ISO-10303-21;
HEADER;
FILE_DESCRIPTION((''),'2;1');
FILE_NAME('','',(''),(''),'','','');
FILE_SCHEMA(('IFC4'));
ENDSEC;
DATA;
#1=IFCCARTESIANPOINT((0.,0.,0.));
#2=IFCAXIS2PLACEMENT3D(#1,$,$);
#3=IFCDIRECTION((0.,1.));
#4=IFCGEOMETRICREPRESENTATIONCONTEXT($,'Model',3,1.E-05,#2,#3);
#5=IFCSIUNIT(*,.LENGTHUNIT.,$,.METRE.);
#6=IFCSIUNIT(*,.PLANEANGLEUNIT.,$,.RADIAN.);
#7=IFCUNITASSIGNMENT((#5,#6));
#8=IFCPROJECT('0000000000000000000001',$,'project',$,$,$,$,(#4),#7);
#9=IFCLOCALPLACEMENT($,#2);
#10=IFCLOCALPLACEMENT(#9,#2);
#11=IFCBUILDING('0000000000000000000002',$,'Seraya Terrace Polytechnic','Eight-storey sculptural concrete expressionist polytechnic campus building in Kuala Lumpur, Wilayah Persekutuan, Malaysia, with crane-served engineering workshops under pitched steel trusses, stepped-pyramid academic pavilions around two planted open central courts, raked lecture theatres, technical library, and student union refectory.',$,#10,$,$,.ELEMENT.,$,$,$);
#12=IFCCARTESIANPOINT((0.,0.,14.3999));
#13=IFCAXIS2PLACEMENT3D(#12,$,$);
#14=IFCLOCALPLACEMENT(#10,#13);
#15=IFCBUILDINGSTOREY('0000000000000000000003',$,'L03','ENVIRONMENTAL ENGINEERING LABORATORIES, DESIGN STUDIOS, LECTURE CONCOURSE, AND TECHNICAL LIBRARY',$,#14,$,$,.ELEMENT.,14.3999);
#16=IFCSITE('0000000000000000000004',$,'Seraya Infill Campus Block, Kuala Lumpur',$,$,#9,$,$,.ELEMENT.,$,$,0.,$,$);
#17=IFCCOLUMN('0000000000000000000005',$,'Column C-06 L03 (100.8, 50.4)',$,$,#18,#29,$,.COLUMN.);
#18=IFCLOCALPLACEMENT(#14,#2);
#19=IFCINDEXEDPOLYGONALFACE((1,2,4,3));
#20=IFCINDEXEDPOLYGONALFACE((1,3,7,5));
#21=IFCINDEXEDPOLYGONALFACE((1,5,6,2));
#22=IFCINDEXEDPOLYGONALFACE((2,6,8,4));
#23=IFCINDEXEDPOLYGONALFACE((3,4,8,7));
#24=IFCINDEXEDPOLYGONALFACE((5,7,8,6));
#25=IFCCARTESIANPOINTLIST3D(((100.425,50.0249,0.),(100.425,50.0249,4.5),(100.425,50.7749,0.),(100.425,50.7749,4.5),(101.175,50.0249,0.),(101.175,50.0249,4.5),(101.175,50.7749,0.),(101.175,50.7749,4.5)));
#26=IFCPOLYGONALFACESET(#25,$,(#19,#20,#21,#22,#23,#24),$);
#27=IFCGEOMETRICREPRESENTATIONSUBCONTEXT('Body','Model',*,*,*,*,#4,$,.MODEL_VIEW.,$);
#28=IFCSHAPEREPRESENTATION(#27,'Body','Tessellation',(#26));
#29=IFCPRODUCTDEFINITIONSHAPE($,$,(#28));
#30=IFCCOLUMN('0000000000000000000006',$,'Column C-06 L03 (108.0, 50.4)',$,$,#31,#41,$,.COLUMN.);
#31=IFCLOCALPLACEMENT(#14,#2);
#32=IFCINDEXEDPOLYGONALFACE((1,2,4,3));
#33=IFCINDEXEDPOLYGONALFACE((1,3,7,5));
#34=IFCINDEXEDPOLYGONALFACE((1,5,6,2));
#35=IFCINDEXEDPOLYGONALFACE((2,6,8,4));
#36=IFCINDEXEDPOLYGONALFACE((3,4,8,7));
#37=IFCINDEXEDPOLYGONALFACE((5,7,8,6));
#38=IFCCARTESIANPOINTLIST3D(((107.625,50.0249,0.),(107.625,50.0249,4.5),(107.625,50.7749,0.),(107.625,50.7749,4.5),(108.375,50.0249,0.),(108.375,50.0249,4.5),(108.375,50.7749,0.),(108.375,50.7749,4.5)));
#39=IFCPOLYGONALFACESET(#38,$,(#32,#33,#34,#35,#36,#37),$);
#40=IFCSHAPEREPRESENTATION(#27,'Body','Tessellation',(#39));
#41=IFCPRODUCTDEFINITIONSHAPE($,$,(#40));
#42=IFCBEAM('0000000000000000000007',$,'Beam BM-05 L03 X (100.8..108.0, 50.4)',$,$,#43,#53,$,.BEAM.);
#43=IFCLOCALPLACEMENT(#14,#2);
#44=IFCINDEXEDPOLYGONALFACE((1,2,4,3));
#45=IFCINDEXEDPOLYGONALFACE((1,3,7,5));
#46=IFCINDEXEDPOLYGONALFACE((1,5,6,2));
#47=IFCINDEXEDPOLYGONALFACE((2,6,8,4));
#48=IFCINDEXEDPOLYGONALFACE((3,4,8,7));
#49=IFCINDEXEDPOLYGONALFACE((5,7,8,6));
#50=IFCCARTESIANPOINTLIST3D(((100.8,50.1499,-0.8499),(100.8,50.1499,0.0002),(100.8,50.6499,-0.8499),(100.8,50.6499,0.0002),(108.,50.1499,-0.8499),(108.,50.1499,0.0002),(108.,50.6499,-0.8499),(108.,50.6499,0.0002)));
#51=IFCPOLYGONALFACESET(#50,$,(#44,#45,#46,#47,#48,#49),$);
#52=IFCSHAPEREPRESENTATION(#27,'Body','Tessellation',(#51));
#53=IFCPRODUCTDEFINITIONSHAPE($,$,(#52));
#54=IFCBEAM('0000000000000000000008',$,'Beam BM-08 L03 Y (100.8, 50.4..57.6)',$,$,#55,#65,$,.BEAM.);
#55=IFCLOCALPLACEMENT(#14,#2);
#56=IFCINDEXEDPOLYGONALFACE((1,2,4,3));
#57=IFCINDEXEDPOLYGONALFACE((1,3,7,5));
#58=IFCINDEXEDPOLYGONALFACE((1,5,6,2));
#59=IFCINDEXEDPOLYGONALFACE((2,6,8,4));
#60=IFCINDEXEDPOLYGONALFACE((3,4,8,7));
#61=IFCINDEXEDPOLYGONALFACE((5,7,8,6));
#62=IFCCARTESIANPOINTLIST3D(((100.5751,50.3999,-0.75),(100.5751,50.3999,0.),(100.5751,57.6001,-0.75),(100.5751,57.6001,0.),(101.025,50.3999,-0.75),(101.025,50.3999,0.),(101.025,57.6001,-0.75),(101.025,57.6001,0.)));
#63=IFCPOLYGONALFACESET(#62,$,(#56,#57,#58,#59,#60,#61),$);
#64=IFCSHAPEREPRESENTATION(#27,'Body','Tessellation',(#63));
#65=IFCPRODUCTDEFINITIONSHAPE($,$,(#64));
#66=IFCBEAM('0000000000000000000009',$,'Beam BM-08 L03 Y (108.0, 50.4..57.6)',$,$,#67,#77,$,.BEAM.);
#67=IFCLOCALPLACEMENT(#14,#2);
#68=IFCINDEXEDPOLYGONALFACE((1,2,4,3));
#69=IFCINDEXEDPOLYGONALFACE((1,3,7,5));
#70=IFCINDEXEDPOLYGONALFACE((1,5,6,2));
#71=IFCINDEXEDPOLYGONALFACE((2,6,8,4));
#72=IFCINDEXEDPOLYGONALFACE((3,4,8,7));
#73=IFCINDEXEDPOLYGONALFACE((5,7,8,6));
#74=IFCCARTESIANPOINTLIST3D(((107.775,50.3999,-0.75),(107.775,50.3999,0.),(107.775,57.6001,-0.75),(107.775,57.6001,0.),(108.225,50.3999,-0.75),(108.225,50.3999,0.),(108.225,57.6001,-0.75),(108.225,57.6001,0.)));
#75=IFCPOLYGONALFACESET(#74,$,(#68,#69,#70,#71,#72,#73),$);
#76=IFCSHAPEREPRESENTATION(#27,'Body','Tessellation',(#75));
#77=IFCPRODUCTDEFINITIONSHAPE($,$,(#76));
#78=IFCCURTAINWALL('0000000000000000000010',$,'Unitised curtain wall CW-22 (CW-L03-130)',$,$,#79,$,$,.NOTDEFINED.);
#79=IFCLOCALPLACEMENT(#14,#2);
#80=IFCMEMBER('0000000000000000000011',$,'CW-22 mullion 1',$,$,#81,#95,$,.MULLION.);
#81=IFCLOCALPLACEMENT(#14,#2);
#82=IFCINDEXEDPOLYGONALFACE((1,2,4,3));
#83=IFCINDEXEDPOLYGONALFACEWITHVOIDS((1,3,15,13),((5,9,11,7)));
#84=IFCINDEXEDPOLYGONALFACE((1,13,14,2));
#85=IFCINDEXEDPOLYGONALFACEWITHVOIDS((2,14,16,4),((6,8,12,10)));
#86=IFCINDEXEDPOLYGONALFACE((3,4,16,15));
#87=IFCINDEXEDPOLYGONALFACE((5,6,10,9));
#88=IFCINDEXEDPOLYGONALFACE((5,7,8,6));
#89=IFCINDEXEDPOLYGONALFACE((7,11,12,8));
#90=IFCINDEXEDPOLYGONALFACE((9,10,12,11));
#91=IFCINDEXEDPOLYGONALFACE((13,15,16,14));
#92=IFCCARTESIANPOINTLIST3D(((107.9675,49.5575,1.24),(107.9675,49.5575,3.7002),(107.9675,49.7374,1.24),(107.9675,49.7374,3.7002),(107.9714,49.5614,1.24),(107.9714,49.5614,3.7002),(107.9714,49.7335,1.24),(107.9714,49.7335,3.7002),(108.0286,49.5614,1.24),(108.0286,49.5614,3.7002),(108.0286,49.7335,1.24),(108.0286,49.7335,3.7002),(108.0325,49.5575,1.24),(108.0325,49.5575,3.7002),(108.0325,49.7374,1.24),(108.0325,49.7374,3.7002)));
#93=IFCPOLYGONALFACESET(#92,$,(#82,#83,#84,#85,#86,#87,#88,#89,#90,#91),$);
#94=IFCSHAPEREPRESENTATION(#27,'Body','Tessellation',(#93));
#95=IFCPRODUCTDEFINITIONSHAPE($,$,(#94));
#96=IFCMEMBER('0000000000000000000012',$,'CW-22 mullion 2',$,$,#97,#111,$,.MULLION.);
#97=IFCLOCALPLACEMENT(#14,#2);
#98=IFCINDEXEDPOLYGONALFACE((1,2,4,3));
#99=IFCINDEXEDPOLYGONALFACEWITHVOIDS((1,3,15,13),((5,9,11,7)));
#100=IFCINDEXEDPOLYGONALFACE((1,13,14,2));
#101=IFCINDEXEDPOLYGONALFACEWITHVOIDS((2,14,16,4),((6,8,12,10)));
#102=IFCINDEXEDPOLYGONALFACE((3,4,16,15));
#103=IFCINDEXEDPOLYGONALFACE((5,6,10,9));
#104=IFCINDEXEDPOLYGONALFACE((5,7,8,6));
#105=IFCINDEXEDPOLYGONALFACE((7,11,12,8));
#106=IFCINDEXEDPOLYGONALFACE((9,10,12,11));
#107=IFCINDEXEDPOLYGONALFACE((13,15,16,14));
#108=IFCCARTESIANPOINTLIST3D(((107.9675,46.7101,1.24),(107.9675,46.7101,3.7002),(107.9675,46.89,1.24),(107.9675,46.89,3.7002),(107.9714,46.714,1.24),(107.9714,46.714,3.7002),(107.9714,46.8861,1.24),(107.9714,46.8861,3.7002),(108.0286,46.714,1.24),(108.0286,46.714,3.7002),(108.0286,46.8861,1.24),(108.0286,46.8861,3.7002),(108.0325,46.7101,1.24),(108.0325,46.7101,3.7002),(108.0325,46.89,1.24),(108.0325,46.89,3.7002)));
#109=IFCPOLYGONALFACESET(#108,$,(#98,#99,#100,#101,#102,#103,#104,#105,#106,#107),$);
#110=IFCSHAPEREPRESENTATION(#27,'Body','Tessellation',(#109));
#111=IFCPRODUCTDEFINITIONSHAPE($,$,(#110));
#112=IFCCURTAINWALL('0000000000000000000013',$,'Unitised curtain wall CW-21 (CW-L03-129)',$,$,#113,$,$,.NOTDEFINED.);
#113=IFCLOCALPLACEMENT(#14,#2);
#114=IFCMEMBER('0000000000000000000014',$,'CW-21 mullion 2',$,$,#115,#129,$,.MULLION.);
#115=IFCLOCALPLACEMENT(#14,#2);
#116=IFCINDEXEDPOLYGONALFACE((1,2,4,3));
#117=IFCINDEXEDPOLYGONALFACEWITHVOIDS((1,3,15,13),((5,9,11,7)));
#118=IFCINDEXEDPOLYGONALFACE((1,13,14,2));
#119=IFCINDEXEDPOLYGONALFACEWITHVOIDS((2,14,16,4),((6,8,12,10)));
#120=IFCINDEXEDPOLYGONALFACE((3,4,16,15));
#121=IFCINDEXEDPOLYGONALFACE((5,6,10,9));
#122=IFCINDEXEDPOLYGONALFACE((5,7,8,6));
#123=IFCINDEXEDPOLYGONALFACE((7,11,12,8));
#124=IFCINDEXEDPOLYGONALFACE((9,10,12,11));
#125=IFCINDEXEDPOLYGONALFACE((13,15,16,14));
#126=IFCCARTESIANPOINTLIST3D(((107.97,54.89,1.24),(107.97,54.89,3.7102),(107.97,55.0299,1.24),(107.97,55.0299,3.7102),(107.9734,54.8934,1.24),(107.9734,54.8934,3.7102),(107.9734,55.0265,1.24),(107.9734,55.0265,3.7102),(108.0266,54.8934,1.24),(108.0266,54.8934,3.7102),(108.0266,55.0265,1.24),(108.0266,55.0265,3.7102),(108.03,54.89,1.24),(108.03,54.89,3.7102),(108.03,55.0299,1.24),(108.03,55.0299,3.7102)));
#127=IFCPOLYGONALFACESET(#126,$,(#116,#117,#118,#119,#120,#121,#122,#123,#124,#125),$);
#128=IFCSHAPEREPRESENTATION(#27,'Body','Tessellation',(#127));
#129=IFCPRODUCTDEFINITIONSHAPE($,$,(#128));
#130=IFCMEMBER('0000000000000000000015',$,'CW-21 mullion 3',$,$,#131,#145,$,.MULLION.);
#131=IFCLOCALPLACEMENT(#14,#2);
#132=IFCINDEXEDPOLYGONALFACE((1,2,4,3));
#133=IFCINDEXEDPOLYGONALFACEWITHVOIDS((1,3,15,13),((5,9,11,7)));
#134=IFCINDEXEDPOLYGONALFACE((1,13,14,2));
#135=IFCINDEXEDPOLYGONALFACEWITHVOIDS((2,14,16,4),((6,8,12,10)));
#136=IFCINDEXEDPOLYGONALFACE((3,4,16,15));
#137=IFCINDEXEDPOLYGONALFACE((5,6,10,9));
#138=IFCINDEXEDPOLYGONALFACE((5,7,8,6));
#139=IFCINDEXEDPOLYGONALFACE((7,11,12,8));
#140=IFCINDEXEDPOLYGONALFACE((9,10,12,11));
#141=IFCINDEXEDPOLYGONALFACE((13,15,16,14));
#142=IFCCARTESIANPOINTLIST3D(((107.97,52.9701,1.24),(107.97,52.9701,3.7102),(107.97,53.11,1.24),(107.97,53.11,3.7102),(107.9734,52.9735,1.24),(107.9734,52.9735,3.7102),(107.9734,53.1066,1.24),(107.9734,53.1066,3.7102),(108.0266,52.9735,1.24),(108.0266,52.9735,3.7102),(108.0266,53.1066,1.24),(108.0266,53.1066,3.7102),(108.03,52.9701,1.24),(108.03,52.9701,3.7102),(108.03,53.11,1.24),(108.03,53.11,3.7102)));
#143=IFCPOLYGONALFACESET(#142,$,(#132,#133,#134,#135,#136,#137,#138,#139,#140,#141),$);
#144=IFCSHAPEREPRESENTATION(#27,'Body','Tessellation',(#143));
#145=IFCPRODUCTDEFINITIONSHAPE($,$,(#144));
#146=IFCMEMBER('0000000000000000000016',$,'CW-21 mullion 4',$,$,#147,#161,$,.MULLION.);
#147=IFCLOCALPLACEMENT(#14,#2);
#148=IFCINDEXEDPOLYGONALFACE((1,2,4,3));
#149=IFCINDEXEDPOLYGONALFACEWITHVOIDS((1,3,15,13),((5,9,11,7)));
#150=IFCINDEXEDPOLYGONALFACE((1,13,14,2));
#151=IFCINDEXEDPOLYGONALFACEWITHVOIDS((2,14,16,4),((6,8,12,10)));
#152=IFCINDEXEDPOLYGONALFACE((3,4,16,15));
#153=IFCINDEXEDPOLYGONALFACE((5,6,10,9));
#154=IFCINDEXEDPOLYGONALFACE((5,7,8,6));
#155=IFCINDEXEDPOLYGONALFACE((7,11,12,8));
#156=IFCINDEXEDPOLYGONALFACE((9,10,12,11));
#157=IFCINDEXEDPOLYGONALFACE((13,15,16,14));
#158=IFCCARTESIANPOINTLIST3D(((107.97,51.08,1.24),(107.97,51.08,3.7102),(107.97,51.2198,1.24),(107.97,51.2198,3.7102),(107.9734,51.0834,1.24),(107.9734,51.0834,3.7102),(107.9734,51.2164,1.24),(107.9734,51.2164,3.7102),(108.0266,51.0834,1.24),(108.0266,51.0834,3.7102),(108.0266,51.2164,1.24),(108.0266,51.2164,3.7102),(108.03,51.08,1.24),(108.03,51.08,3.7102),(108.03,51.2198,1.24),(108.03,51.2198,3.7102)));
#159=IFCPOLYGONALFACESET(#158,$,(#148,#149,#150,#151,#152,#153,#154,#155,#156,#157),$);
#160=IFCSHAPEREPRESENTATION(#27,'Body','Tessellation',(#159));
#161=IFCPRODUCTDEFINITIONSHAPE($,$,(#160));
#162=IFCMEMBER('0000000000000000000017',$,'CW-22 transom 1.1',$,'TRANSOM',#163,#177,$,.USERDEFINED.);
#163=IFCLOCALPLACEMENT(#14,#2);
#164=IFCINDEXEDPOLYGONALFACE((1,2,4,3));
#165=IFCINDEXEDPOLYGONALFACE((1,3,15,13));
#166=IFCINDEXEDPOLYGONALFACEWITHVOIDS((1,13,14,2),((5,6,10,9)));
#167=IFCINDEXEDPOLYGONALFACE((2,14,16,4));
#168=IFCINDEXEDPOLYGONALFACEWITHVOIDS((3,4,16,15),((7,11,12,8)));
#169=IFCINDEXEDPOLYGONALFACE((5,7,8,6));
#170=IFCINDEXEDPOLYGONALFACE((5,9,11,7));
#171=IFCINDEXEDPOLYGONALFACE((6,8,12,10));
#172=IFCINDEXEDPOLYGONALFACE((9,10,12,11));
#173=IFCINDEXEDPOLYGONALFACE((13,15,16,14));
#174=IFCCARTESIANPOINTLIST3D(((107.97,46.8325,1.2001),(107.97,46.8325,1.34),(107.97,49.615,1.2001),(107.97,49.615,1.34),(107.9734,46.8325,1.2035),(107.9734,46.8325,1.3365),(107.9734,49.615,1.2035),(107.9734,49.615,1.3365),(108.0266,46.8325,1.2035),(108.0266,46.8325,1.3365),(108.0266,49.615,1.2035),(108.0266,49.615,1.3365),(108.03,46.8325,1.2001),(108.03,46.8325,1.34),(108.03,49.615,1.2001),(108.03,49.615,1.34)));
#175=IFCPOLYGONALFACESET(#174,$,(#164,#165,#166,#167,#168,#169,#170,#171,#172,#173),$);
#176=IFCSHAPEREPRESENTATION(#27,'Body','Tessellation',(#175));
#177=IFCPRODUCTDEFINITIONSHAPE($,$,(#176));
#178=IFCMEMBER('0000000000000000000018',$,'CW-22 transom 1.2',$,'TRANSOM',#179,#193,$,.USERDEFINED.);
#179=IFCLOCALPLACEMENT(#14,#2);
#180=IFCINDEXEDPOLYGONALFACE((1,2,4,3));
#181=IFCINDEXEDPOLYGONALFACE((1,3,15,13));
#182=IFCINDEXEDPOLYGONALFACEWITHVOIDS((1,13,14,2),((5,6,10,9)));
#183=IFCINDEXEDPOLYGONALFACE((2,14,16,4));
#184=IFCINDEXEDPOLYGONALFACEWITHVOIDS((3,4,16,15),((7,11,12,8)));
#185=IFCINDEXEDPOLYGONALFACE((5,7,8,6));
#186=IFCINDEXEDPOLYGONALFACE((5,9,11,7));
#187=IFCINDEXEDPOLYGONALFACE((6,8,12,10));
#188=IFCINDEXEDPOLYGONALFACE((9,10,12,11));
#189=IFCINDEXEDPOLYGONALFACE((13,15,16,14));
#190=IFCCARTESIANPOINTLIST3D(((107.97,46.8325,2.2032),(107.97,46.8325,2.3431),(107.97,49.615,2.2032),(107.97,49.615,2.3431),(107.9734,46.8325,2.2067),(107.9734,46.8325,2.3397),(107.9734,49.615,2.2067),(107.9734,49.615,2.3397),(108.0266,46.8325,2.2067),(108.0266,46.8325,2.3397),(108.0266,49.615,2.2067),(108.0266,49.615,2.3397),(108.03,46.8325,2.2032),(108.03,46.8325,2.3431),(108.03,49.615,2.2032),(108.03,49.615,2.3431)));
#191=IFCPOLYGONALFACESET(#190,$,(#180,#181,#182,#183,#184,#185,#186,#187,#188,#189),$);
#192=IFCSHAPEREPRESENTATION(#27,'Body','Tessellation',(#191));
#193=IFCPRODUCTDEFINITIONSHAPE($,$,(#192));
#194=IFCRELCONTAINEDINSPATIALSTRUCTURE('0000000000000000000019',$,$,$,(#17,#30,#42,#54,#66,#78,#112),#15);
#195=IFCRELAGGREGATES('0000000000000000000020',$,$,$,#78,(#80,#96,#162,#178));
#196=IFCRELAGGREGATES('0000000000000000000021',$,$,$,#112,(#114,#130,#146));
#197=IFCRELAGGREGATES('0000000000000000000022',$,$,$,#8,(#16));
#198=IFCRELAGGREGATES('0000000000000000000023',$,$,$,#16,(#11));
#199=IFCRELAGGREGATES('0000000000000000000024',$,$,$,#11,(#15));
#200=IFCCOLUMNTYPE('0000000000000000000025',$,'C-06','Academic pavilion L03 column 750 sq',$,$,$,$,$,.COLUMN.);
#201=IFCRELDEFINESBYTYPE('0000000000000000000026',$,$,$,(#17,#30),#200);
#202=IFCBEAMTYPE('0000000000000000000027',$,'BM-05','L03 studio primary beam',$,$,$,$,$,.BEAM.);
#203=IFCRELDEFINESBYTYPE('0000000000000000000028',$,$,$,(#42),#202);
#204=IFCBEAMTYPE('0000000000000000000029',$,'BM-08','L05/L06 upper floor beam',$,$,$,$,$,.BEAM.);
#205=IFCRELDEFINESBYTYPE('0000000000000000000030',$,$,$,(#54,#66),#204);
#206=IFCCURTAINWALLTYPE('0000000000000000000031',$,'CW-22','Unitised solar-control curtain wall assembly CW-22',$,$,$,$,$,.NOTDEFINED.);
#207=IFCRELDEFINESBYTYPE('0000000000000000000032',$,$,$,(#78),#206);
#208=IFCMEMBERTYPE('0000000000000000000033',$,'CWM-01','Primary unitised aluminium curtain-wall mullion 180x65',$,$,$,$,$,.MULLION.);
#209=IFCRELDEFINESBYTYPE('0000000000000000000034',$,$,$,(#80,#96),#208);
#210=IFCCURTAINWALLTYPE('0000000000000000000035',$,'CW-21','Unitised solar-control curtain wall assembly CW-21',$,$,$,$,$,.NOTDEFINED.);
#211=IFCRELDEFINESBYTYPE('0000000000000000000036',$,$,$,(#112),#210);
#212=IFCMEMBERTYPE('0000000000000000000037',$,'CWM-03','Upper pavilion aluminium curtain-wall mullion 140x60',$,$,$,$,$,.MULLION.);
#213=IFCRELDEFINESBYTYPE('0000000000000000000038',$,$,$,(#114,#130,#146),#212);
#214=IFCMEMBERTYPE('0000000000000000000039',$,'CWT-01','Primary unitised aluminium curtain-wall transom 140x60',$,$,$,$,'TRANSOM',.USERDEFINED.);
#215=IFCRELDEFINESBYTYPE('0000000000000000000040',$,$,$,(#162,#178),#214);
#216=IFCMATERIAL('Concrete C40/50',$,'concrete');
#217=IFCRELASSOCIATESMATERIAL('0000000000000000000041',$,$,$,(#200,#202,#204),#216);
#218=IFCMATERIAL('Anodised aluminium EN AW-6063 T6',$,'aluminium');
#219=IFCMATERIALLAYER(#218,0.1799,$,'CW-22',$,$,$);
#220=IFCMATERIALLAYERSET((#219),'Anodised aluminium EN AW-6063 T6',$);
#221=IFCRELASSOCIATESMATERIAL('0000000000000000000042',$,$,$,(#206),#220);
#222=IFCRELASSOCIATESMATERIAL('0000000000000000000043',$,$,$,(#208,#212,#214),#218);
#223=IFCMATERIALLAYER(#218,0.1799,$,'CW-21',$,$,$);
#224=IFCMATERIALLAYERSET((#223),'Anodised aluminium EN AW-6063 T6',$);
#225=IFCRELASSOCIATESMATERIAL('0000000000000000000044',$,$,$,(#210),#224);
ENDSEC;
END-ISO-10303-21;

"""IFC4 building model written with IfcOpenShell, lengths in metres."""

from ifc_helpers import new_model, si_unit, direction, frame, origin, origin_2d, place, context, subcontext, project, spatial, rectangle, hollow_rectangle, extrude, material, layer, layer_set, material_profile, profile_set, type_object, element, aggregate, save


model = new_model("IFC4")

# Units and contexts
model_context = context("Model", 3, precision=1e-05, world=origin(), true_north=direction((0.0, 1.0)))
body_context = subcontext(model_context, "Body", "Model", "MODEL_VIEW")
ifc_project = project(units=[si_unit("LENGTHUNIT", "METRE"), si_unit("PLANEANGLEUNIT", "RADIAN")], contexts=[model_context])

# Site, building, storey
site_placement = place(None, origin())
site = spatial("IfcSite", under=ifc_project, at=site_placement, Name="Seraya Infill Campus Block, Kuala Lumpur", CompositionType="ELEMENT", RefElevation=0.0)
building_placement = place(site_placement, origin())
building = spatial("IfcBuilding", under=site, at=building_placement, Name="Seraya Terrace Polytechnic", Description="Eight-storey sculptural concrete expressionist polytechnic campus building in Kuala Lumpur, Wilayah Persekutuan, Malaysia, with crane-served engineering workshops under pitched steel trusses, stepped-pyramid academic pavilions around two planted open central courts, raked lecture theatres, technical library, and student union refectory.", CompositionType="ELEMENT")
storey_placement = place(building_placement, frame((0.0, 0.0, 14.3999)))
storey = spatial("IfcBuildingStorey", under=building, at=storey_placement, Name="L03", Description="ENVIRONMENTAL ENGINEERING LABORATORIES, DESIGN STUDIOS, LECTURE CONCOURSE, AND TECHNICAL LIBRARY", CompositionType="ELEMENT", Elevation=14.3999)

# Columns
ifc_material_1 = material(Name="Concrete C40/50", Category="concrete")
ifc_material_profile_1 = material_profile(ifc_material_1, rectangle(XDim=0.75, YDim=0.75, at=origin_2d()), Name="RC 750x750")
ifc_profile_set_1 = profile_set([ifc_material_profile_1], Name="Concrete C40/50")
column_type = type_object("IfcColumnType", Name="C-06", Description="Academic pavilion L03 column 750 sq", PredefinedType="COLUMN", material=ifc_profile_set_1)
for number, where, z_axis, x_axis, name in (
    (1, (100.8, 50.3999, 0.0), (0.0, 0.0, 1.0), (1.0, 0.0, 0.0), "Column C-06 L03 (100.8, 50.4)"),
    (2, (108.0, 50.3999, 0.0), (0.0, 0.0, 1.0), (1.0, 0.0, 0.0), "Column C-06 L03 (108.0, 50.4)"),
):
    element("IfcColumn", number, at=place(storey_placement, frame(where, z_axis=z_axis, x_axis=x_axis)), inside=storey, type_object=column_type, Name=name, PredefinedType="COLUMN", context=body_context, shape_type="SweptSolid", body=[
        extrude(rectangle(XDim=0.75, YDim=0.75, at=origin_2d()), origin(), (0.0, 0.0, 1.0), 4.5),
    ])

# Beams
ifc_material_profile_2 = material_profile(ifc_material_1, rectangle(XDim=0.5, YDim=0.8501, at=origin_2d()), Name="RC 500x850")
ifc_profile_set_2 = profile_set([ifc_material_profile_2], Name="Concrete C40/50")
beam_type_1 = type_object("IfcBeamType", Name="BM-05", Description="L03 studio primary beam", PredefinedType="BEAM", material=ifc_profile_set_2)
beam_placement = place(storey_placement, frame((100.8, 50.3999, -0.4248), z_axis=(1.0, 0.0, 0.0), x_axis=(0.0, 1.0, 0.0)))
element("IfcBeam", 3, at=beam_placement, inside=storey, type_object=beam_type_1, Name="Beam BM-05 L03 X (100.8..108.0, 50.4)", PredefinedType="BEAM", context=body_context, shape_type="SweptSolid", body=[
    extrude(rectangle(XDim=0.5, YDim=0.8501, at=origin_2d()), origin(), (0.0, 0.0, 1.0), 7.2),
])
ifc_material_profile_3 = material_profile(ifc_material_1, rectangle(XDim=0.45, YDim=0.75, at=origin_2d()), Name="RC 450x750")
ifc_profile_set_3 = profile_set([ifc_material_profile_3], Name="Concrete C40/50")
beam_type_2 = type_object("IfcBeamType", Name="BM-08", Description="L05/L06 upper floor beam", PredefinedType="BEAM", material=ifc_profile_set_3)
for number, where, z_axis, x_axis, name in (
    (4, (100.8, 50.3999, -0.375), (0.0, 1.0, 0.0), (-1.0, 0.0, 0.0), "Beam BM-08 L03 Y (100.8, 50.4..57.6)"),
    (5, (108.0, 50.3999, -0.375), (0.0, 1.0, 0.0), (-1.0, 0.0, 0.0), "Beam BM-08 L03 Y (108.0, 50.4..57.6)"),
):
    element("IfcBeam", number, at=place(storey_placement, frame(where, z_axis=z_axis, x_axis=x_axis)), inside=storey, type_object=beam_type_2, Name=name, PredefinedType="BEAM", context=body_context, shape_type="SweptSolid", body=[
        extrude(rectangle(XDim=0.45, YDim=0.75, at=origin_2d()), origin(), (0.0, 0.0, 1.0), 7.2002),
    ])

# Curtain walls, members
ifc_material_2 = material(Name="Anodised aluminium EN AW-6063 T6", Category="aluminium")
ifc_layer_1 = layer(ifc_material_2, 0.1799, Name="CW-22")
ifc_layer_set_1 = layer_set([ifc_layer_1], Name="Anodised aluminium EN AW-6063 T6")
curtain_wall_type_1 = type_object("IfcCurtainWallType", Name="CW-22", Description="Unitised solar-control curtain wall assembly CW-22", PredefinedType="NOTDEFINED", material=ifc_layer_set_1)
curtain_wall_1_placement = place(storey_placement, origin())
curtain_wall_1 = element("IfcCurtainWall", 6, at=curtain_wall_1_placement, inside=storey, type_object=curtain_wall_type_1, Name="Unitised curtain wall CW-22 (CW-L03-130)", PredefinedType="NOTDEFINED")
ifc_material_profile_4 = material_profile(ifc_material_2, hollow_rectangle(XDim=0.0649, YDim=0.1799, WallThickness=0.0039, at=origin_2d()), Name="RHS 180x65x4.0")
ifc_profile_set_4 = profile_set([ifc_material_profile_4], Name="Anodised aluminium EN AW-6063 T6")
member_type_1 = type_object("IfcMemberType", Name="CWM-01", Description="Primary unitised aluminium curtain-wall mullion 180x65", PredefinedType="MULLION", material=ifc_profile_set_4)
member_1_placement = place(storey_placement, frame((108.0, 49.6475, 1.24), z_axis=(0.0, 0.0, 1.0), x_axis=(1.0, 0.0, 0.0)))
member_1 = element("IfcMember", 7, at=member_1_placement, type_object=member_type_1, Name="CW-22 mullion 1", PredefinedType="MULLION", context=body_context, shape_type="SweptSolid", body=[
    extrude(hollow_rectangle(XDim=0.0649, YDim=0.1799, WallThickness=0.0039, at=origin_2d()), origin(), (0.0, 0.0, 1.0), 2.4602),
])
member_2_placement = place(storey_placement, frame((108.0, 46.8, 1.24), z_axis=(0.0, 0.0, 1.0), x_axis=(1.0, 0.0, 0.0)))
member_2 = element("IfcMember", 8, at=member_2_placement, type_object=member_type_1, Name="CW-22 mullion 2", PredefinedType="MULLION", context=body_context, shape_type="SweptSolid", body=[
    extrude(hollow_rectangle(XDim=0.0649, YDim=0.1799, WallThickness=0.0039, at=origin_2d()), origin(), (0.0, 0.0, 1.0), 2.4602),
])
ifc_layer_2 = layer(ifc_material_2, 0.1799, Name="CW-21")
ifc_layer_set_2 = layer_set([ifc_layer_2], Name="Anodised aluminium EN AW-6063 T6")
curtain_wall_type_2 = type_object("IfcCurtainWallType", Name="CW-21", Description="Unitised solar-control curtain wall assembly CW-21", PredefinedType="NOTDEFINED", material=ifc_layer_set_2)
curtain_wall_2_placement = place(storey_placement, origin())
curtain_wall_2 = element("IfcCurtainWall", 9, at=curtain_wall_2_placement, inside=storey, type_object=curtain_wall_type_2, Name="Unitised curtain wall CW-21 (CW-L03-129)", PredefinedType="NOTDEFINED")
ifc_material_profile_5 = material_profile(ifc_material_2, hollow_rectangle(XDim=0.0601, YDim=0.1399, WallThickness=0.0034, at=origin_2d()), Name="RHS 140x60x3.5")
ifc_profile_set_5 = profile_set([ifc_material_profile_5], Name="Anodised aluminium EN AW-6063 T6")
member_type_2 = type_object("IfcMemberType", Name="CWM-03", Description="Upper pavilion aluminium curtain-wall mullion 140x60", PredefinedType="MULLION", material=ifc_profile_set_5)
member_3_placement = place(storey_placement, frame((108.0, 54.96, 1.24), z_axis=(0.0, 0.0, 1.0), x_axis=(1.0, 0.0, 0.0)))
member_3 = element("IfcMember", 10, at=member_3_placement, type_object=member_type_2, Name="CW-21 mullion 2", PredefinedType="MULLION", context=body_context, shape_type="SweptSolid", body=[
    extrude(hollow_rectangle(XDim=0.0601, YDim=0.1399, WallThickness=0.0034, at=origin_2d()), origin(), (0.0, 0.0, 1.0), 2.4702),
])
member_4_placement = place(storey_placement, frame((108.0, 53.04, 1.24), z_axis=(0.0, 0.0, 1.0), x_axis=(1.0, 0.0, 0.0)))
member_4 = element("IfcMember", 11, at=member_4_placement, type_object=member_type_2, Name="CW-21 mullion 3", PredefinedType="MULLION", context=body_context, shape_type="SweptSolid", body=[
    extrude(hollow_rectangle(XDim=0.0601, YDim=0.1399, WallThickness=0.0034, at=origin_2d()), origin(), (0.0, 0.0, 1.0), 2.4702),
])
member_5_placement = place(storey_placement, frame((108.0, 51.1499, 1.24), z_axis=(0.0, 0.0, 1.0), x_axis=(1.0, 0.0, 0.0)))
member_5 = element("IfcMember", 12, at=member_5_placement, type_object=member_type_2, Name="CW-21 mullion 4", PredefinedType="MULLION", context=body_context, shape_type="SweptSolid", body=[
    extrude(hollow_rectangle(XDim=0.0601, YDim=0.1399, WallThickness=0.0034, at=origin_2d()), origin(), (0.0, 0.0, 1.0), 2.4702),
])

# Members
ifc_material_profile_6 = material_profile(ifc_material_2, hollow_rectangle(XDim=0.0601, YDim=0.1399, WallThickness=0.0034, at=origin_2d()), Name="RHS 140x60x3.5")
ifc_profile_set_6 = profile_set([ifc_material_profile_6], Name="Anodised aluminium EN AW-6063 T6")
member_type_3 = type_object("IfcMemberType", Name="CWT-01", Description="Primary unitised aluminium curtain-wall transom 140x60", ElementType="TRANSOM", PredefinedType="USERDEFINED", material=ifc_profile_set_6)
member_6_placement = place(storey_placement, frame((108.0, 49.615, 1.27), z_axis=(0.0, -1.0, 0.0), x_axis=(1.0, 0.0, 0.0)))
member_6 = element("IfcMember", 13, at=member_6_placement, type_object=member_type_3, Name="CW-22 transom 1.1", ObjectType="TRANSOM", PredefinedType="USERDEFINED", context=body_context, shape_type="SweptSolid", body=[
    extrude(hollow_rectangle(XDim=0.0601, YDim=0.1399, WallThickness=0.0034, at=origin_2d()), origin(), (0.0, 0.0, 1.0), 2.7825),
])
member_7_placement = place(storey_placement, frame((108.0, 49.615, 2.2732), z_axis=(0.0, -1.0, 0.0), x_axis=(1.0, 0.0, 0.0)))
member_7 = element("IfcMember", 14, at=member_7_placement, type_object=member_type_3, Name="CW-22 transom 1.2", ObjectType="TRANSOM", PredefinedType="USERDEFINED", context=body_context, shape_type="SweptSolid", body=[
    extrude(hollow_rectangle(XDim=0.0601, YDim=0.1399, WallThickness=0.0034, at=origin_2d()), origin(), (0.0, 0.0, 1.0), 2.7825),
])

aggregate(curtain_wall_1, [member_1, member_2, member_6, member_7])
aggregate(curtain_wall_2, [member_3, member_4, member_5])

save(model, "model.ifc")
